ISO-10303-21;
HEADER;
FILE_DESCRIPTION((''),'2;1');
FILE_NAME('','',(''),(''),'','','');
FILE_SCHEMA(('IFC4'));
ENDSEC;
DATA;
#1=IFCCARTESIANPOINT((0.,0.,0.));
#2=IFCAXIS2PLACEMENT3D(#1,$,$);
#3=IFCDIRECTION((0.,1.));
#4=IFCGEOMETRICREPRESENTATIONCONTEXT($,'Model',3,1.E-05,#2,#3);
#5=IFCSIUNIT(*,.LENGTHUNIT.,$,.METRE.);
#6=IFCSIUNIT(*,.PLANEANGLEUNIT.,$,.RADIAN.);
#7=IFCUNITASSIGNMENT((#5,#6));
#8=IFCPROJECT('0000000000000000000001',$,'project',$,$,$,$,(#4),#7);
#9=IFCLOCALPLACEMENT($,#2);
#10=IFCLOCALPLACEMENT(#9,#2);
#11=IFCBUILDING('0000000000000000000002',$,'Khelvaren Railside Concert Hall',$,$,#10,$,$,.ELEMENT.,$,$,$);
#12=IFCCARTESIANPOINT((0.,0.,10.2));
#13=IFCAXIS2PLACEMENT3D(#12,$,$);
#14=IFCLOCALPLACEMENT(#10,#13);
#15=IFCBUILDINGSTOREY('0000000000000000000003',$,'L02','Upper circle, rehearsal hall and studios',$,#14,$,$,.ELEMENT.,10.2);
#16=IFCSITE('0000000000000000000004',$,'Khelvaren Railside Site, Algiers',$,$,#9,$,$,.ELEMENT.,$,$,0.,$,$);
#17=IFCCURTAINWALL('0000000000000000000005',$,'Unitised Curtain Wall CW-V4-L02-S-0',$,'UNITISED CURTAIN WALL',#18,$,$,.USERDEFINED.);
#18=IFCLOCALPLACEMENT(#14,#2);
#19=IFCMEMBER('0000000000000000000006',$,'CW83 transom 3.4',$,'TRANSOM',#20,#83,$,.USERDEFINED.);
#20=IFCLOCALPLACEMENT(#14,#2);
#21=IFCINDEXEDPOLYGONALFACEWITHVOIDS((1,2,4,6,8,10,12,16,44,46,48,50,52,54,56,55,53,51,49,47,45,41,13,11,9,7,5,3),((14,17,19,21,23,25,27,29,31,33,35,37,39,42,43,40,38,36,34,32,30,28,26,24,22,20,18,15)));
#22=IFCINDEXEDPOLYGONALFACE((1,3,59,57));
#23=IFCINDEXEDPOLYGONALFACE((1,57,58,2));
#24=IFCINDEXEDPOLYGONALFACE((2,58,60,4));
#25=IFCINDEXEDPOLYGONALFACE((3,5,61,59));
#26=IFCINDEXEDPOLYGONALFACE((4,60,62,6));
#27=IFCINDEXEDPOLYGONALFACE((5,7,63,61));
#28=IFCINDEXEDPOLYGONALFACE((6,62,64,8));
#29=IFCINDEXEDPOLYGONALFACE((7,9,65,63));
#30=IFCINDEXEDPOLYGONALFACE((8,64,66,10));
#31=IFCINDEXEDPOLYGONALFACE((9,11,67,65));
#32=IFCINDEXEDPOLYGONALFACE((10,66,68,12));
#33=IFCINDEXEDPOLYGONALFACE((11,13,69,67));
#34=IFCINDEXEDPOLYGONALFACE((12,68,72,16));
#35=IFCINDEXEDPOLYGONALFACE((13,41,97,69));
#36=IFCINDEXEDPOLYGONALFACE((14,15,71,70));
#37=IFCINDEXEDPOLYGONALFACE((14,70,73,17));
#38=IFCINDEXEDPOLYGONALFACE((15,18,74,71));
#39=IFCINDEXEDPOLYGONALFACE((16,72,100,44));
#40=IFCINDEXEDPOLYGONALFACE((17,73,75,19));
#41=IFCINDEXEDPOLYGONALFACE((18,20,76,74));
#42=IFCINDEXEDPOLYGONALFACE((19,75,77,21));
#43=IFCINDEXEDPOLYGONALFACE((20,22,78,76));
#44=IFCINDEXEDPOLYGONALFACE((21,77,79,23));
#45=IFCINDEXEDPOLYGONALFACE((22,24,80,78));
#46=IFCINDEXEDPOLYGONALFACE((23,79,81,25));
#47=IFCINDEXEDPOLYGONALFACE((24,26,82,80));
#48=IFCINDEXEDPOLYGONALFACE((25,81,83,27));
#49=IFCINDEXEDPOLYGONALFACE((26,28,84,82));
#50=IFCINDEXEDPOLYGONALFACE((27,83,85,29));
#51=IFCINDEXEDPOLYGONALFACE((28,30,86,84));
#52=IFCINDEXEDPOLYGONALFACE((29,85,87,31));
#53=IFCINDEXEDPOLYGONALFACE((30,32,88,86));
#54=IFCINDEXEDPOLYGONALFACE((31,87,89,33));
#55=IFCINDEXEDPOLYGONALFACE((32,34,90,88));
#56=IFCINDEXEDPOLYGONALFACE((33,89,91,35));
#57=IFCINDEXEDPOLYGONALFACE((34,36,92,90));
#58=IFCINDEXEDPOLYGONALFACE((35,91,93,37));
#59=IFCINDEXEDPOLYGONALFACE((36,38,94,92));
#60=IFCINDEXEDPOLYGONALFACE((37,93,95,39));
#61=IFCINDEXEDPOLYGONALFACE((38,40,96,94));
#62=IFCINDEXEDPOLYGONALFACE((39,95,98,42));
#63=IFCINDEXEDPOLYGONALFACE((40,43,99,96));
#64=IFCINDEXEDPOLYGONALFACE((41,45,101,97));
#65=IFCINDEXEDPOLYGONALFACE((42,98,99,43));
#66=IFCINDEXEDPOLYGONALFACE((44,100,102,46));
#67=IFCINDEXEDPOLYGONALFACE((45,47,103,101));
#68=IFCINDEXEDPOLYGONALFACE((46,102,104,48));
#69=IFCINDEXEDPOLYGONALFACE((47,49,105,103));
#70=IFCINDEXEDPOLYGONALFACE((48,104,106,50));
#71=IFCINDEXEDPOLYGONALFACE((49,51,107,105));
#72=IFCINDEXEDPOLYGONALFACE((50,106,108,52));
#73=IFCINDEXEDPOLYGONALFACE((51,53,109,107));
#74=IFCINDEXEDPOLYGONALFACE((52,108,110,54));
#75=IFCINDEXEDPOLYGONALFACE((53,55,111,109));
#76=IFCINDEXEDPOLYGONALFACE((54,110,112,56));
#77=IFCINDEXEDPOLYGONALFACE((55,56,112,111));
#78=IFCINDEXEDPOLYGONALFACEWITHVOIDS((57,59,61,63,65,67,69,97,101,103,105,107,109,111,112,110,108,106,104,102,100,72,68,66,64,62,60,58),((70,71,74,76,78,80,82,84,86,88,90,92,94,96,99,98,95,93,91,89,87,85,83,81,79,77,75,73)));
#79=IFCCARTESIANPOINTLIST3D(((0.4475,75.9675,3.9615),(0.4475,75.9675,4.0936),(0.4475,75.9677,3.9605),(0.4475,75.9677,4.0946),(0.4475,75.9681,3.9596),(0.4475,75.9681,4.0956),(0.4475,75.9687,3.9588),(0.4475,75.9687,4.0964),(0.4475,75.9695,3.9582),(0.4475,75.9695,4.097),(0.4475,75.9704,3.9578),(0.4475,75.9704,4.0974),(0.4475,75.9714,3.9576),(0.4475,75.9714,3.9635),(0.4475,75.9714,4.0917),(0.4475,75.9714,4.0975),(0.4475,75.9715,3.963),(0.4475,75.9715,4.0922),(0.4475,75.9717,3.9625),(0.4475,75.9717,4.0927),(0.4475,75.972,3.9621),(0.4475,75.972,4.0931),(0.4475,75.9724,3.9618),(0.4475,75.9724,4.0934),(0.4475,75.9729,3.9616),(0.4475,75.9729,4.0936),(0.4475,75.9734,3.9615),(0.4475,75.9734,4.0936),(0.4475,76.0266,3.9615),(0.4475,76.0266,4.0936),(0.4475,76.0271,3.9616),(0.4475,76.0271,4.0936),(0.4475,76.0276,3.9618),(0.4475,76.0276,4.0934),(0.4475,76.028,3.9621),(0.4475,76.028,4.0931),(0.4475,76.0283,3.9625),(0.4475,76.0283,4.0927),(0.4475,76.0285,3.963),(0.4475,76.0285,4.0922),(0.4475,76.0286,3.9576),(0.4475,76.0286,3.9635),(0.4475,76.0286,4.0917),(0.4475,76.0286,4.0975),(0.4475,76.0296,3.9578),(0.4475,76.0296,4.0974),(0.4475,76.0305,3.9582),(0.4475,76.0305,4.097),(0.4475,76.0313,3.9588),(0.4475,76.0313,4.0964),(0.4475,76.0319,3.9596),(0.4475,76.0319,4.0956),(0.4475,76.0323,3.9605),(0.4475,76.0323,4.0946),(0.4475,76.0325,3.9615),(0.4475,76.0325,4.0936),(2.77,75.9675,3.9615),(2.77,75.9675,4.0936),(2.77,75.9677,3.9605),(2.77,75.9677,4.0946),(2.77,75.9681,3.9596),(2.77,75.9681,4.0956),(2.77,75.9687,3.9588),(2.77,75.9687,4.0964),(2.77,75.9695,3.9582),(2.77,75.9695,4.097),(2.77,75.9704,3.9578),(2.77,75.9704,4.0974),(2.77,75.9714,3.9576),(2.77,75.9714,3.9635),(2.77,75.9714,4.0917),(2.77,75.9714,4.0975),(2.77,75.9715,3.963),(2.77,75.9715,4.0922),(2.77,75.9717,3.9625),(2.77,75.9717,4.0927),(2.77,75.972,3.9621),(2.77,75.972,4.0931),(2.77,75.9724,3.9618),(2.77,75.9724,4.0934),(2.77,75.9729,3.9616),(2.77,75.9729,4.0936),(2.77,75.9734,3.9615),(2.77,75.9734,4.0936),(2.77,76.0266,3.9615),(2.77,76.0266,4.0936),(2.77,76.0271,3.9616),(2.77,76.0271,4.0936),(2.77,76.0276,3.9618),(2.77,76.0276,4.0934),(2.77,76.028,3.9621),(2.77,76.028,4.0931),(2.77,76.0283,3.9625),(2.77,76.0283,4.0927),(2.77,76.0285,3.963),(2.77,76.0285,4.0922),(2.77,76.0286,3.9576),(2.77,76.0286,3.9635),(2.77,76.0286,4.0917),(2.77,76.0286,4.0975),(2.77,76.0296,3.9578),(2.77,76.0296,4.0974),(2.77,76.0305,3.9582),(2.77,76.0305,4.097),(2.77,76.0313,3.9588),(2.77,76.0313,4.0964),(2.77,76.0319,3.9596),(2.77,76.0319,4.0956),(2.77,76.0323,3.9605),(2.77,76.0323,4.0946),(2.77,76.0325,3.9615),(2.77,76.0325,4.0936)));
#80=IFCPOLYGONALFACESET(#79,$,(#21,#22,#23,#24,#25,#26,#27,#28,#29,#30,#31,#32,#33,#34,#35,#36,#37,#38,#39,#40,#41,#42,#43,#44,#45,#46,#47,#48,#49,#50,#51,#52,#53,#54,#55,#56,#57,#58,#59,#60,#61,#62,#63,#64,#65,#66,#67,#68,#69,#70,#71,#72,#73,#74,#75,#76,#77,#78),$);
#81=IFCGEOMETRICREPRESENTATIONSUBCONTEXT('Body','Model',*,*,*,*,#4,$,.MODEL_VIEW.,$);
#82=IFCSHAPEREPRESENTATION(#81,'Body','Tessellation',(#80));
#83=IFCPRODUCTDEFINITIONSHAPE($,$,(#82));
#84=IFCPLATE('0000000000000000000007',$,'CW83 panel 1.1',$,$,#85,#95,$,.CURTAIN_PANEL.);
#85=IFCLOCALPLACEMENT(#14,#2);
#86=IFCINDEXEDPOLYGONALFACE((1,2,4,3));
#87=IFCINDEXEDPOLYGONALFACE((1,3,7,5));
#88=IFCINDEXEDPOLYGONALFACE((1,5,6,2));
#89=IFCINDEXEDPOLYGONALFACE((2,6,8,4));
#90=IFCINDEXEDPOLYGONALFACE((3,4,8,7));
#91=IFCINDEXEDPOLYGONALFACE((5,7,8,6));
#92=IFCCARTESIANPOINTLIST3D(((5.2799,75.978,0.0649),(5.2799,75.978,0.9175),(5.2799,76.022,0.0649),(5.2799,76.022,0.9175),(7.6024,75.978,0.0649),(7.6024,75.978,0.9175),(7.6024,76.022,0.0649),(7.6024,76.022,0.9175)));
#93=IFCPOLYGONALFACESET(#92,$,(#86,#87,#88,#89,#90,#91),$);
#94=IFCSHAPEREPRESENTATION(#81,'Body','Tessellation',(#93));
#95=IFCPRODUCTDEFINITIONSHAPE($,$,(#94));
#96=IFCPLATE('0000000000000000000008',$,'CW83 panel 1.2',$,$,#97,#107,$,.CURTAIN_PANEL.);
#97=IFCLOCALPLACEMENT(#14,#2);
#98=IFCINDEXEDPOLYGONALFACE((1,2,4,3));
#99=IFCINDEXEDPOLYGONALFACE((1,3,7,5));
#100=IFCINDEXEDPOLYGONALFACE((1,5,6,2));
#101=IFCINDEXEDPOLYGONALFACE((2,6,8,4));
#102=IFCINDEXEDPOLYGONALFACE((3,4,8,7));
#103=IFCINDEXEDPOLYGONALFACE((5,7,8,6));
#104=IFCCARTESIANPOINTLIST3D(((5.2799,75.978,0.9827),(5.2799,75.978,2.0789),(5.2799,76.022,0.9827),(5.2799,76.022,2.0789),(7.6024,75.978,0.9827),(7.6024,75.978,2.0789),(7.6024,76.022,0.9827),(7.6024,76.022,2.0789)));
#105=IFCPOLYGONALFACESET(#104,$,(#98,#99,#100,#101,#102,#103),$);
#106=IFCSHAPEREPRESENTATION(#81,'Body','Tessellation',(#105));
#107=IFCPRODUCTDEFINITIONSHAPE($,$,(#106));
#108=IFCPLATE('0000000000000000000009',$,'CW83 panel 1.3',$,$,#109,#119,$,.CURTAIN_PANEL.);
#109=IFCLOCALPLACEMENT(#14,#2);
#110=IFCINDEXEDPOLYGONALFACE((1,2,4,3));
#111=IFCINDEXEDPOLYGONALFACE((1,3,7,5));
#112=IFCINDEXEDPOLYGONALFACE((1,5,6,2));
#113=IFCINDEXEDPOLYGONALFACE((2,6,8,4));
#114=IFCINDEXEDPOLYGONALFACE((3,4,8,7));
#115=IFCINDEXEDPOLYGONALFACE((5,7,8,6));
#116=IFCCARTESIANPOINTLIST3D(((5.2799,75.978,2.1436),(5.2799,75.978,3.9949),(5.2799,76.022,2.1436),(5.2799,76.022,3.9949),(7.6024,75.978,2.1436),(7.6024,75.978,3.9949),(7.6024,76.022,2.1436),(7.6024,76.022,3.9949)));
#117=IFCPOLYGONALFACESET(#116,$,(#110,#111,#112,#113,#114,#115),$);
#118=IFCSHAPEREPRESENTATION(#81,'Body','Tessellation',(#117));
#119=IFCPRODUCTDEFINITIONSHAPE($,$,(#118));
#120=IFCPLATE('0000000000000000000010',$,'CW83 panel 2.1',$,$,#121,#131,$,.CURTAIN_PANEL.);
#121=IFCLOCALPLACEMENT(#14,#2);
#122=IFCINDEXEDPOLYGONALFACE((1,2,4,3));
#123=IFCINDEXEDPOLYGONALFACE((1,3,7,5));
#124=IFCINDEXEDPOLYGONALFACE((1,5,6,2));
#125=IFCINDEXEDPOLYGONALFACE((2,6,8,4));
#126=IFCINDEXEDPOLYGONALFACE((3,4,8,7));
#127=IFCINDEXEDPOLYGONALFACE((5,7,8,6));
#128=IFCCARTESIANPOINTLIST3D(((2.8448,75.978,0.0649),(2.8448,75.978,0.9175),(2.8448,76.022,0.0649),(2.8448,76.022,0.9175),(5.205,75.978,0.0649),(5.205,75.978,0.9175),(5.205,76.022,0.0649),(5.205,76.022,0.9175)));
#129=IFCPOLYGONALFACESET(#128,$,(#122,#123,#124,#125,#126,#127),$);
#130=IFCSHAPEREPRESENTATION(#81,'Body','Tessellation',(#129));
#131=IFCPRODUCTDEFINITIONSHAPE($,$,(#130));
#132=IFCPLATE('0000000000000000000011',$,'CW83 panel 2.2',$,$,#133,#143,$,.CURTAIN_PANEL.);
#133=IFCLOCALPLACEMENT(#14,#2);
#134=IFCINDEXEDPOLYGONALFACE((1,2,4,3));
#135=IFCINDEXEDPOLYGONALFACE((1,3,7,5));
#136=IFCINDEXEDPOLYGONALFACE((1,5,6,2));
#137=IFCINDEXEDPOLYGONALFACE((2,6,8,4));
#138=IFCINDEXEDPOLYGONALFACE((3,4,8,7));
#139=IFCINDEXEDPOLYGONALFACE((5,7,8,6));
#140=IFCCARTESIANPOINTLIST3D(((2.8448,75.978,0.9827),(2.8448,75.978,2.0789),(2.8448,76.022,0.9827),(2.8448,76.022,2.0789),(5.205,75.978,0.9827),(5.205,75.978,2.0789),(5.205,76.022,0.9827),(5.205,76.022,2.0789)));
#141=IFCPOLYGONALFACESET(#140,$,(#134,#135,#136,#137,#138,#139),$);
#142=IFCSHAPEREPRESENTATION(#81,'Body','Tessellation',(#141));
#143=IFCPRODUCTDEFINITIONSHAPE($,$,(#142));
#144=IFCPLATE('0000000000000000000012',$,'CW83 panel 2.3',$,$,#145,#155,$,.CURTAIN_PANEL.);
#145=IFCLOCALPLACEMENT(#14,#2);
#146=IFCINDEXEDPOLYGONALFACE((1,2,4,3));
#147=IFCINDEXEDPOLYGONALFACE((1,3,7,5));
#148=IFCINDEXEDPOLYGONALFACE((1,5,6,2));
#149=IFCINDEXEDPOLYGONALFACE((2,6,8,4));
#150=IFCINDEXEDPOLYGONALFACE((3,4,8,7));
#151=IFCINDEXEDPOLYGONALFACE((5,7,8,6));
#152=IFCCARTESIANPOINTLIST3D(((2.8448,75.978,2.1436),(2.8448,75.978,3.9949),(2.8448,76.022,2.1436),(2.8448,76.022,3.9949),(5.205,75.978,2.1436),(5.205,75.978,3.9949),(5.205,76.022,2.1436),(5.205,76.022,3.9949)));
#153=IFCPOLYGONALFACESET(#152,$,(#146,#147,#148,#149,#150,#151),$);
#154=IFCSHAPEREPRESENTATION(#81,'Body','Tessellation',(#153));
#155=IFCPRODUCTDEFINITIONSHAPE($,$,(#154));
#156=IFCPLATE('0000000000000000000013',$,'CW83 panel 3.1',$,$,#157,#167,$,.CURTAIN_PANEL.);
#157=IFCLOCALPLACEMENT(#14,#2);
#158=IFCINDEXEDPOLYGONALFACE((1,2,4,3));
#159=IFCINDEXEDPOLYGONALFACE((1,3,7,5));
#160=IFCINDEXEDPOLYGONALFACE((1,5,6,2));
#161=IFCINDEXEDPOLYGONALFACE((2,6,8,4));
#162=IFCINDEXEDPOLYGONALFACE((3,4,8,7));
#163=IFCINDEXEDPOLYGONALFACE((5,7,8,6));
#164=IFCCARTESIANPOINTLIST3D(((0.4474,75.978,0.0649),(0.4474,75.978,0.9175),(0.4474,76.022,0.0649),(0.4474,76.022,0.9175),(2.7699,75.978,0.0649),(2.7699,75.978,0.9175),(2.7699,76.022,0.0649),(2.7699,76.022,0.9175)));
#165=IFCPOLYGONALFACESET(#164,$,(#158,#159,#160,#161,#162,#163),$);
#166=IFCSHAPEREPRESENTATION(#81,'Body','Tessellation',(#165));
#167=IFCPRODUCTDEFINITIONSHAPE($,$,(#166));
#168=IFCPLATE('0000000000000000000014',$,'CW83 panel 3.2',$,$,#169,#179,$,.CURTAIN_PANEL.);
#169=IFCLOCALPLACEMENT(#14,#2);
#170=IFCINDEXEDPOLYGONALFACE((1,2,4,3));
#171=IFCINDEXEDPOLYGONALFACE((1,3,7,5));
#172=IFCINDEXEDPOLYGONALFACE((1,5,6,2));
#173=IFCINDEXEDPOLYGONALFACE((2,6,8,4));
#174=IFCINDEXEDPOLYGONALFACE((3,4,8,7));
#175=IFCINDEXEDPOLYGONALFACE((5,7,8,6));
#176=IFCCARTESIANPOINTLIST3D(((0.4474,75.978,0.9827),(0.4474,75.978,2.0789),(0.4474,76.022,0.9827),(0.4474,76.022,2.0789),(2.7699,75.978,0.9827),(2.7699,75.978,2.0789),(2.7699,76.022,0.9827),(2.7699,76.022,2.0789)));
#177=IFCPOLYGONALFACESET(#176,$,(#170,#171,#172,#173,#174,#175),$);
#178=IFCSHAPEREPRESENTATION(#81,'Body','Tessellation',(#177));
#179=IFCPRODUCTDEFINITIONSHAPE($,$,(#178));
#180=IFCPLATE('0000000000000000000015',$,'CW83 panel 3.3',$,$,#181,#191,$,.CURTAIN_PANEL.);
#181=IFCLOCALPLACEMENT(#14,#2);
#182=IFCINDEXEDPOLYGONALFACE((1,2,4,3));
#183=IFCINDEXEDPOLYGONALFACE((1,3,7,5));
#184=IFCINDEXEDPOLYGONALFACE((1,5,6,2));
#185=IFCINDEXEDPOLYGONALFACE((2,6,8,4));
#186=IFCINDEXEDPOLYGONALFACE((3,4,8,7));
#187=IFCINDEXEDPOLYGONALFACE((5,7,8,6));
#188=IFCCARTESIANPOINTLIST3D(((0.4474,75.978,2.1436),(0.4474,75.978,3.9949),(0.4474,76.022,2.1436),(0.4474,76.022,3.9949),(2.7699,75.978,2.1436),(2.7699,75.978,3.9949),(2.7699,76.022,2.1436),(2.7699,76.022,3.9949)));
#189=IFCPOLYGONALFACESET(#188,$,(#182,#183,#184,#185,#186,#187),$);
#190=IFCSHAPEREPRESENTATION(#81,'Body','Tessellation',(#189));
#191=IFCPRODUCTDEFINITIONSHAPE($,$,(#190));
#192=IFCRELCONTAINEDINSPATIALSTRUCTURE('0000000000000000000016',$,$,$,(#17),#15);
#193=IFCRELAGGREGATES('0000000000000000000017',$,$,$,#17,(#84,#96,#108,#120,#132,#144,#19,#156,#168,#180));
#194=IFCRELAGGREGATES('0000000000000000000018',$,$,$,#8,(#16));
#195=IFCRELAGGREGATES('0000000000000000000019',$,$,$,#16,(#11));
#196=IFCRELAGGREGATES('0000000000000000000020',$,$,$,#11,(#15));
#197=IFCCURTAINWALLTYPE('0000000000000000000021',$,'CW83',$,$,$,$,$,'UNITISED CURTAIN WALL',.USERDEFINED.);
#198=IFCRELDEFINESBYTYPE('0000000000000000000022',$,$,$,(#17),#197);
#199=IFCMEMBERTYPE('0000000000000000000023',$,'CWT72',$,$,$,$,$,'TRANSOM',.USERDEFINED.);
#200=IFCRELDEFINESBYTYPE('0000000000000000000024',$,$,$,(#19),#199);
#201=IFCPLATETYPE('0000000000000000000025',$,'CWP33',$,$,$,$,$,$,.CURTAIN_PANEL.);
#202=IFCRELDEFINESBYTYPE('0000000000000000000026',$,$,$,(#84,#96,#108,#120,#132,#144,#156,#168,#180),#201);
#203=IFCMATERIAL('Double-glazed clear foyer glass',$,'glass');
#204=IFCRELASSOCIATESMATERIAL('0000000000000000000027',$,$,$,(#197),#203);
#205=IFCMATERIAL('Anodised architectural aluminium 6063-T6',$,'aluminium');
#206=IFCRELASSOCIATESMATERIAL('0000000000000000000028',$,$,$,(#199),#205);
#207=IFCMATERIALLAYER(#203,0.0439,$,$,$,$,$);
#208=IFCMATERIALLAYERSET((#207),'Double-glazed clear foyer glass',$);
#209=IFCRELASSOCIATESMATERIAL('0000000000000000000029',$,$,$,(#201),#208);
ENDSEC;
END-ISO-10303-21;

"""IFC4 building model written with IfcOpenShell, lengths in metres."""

from ifc_helpers import new_model, si_unit, direction, frame, origin, origin_2d, place, context, subcontext, project, spatial, rectangle, hollow_rectangle, extrude, material, layer, layer_set, material_profile, profile_set, type_object, element, aggregate, save


model = new_model("IFC4")

# Units and contexts
model_context = context("Model", 3, precision=1e-05, world=origin(), true_north=direction((0.0, 1.0)))
body_context = subcontext(model_context, "Body", "Model", "MODEL_VIEW")
ifc_project = project(units=[si_unit("LENGTHUNIT", "METRE"), si_unit("PLANEANGLEUNIT", "RADIAN")], contexts=[model_context])

# Site, building, storey
site_placement = place(None, origin())
site = spatial("IfcSite", under=ifc_project, at=site_placement, Name="Khelvaren Railside Site, Algiers", CompositionType="ELEMENT", RefElevation=0.0)
building_placement = place(site_placement, origin())
building = spatial("IfcBuilding", under=site, at=building_placement, Name="Khelvaren Railside Concert Hall", CompositionType="ELEMENT")
storey_placement = place(building_placement, frame((0.0, 0.0, 10.2)))
storey = spatial("IfcBuildingStorey", under=building, at=storey_placement, Name="L02", Description="Upper circle, rehearsal hall and studios", CompositionType="ELEMENT", Elevation=10.2)

# Curtain wall, member, plates
ifc_material_1 = material(Name="Double-glazed clear foyer glass", Category="glass")
curtain_wall_type = type_object("IfcCurtainWallType", Name="CW83", ElementType="UNITISED CURTAIN WALL", PredefinedType="USERDEFINED", material=ifc_material_1)
curtain_wall_placement = place(storey_placement, origin())
curtain_wall = element("IfcCurtainWall", 1, at=curtain_wall_placement, inside=storey, type_object=curtain_wall_type, Name="Unitised Curtain Wall CW-V4-L02-S-0", ObjectType="UNITISED CURTAIN WALL", PredefinedType="USERDEFINED")
ifc_material_2 = material(Name="Anodised architectural aluminium 6063-T6", Category="aluminium")
ifc_material_profile_1 = material_profile(ifc_material_2, hollow_rectangle(XDim=0.0649, YDim=0.1399, WallThickness=0.0039, InnerFilletRadius=0.002, OuterFilletRadius=0.0039, at=origin_2d()), Name="CWT 65x140x4")
ifc_profile_set_1 = profile_set([ifc_material_profile_1], Name="Anodised architectural aluminium 6063-T6")
member_type_1 = type_object("IfcMemberType", Name="CWT72", ElementType="TRANSOM", PredefinedType="USERDEFINED", material=ifc_profile_set_1)
member_1_placement = place(storey_placement, frame((2.77, 76.0, 4.0276), z_axis=(-1.0, 0.0, 0.0), x_axis=(0.0, -1.0, 0.0)))
member_1 = element("IfcMember", 2, at=member_1_placement, type_object=member_type_1, Name="CW83 transom 3.4", ObjectType="TRANSOM", PredefinedType="USERDEFINED", context=body_context, shape_type="SweptSolid", body=[
    extrude(hollow_rectangle(XDim=0.0649, YDim=0.1399, WallThickness=0.0039, InnerFilletRadius=0.002, OuterFilletRadius=0.0039, at=origin_2d()), origin(), (0.0, 0.0, 1.0), 2.3225),
])
ifc_layer = layer(ifc_material_1, 0.0439)
ifc_layer_set = layer_set([ifc_layer], Name="Double-glazed clear foyer glass")
plate_type = type_object("IfcPlateType", Name="CWP33", PredefinedType="CURTAIN_PANEL", material=ifc_layer_set)
plate_1_placement = place(storey_placement, frame((6.4412, 76.0, 0.0649), z_axis=(0.0, 0.0, 1.0), x_axis=(-1.0, 0.0, 0.0)))
plate_1 = element("IfcPlate", 3, at=plate_1_placement, type_object=plate_type, Name="CW83 panel 1.1", PredefinedType="CURTAIN_PANEL", context=body_context, shape_type="SweptSolid", body=[
    extrude(rectangle(XDim=2.3225, YDim=0.0439, at=origin_2d()), origin(), (0.0, 0.0, 1.0), 0.8525),
])
plate_2_placement = place(storey_placement, frame((6.4412, 76.0, 0.9827), z_axis=(0.0, 0.0, 1.0), x_axis=(-1.0, 0.0, 0.0)))
plate_2 = element("IfcPlate", 4, at=plate_2_placement, type_object=plate_type, Name="CW83 panel 1.2", PredefinedType="CURTAIN_PANEL", context=body_context, shape_type="SweptSolid", body=[
    extrude(rectangle(XDim=2.3225, YDim=0.0439, at=origin_2d()), origin(), (0.0, 0.0, 1.0), 1.0962),
])
plate_3_placement = place(storey_placement, frame((6.4412, 76.0, 2.1436), z_axis=(0.0, 0.0, 1.0), x_axis=(-1.0, 0.0, 0.0)))
plate_3 = element("IfcPlate", 5, at=plate_3_placement, type_object=plate_type, Name="CW83 panel 1.3", PredefinedType="CURTAIN_PANEL", context=body_context, shape_type="SweptSolid", body=[
    extrude(rectangle(XDim=2.3225, YDim=0.0439, at=origin_2d()), origin(), (0.0, 0.0, 1.0), 1.8513),
])
plate_4_placement = place(storey_placement, frame((4.0249, 76.0, 0.0649), z_axis=(0.0, 0.0, 1.0), x_axis=(-1.0, 0.0, 0.0)))
plate_4 = element("IfcPlate", 6, at=plate_4_placement, type_object=plate_type, Name="CW83 panel 2.1", PredefinedType="CURTAIN_PANEL", context=body_context, shape_type="SweptSolid", body=[
    extrude(rectangle(XDim=2.3601, YDim=0.0439, at=origin_2d()), origin(), (0.0, 0.0, 1.0), 0.8525),
])
plate_5_placement = place(storey_placement, frame((4.0249, 76.0, 0.9827), z_axis=(0.0, 0.0, 1.0), x_axis=(-1.0, 0.0, 0.0)))
plate_5 = element("IfcPlate", 7, at=plate_5_placement, type_object=plate_type, Name="CW83 panel 2.2", PredefinedType="CURTAIN_PANEL", context=body_context, shape_type="SweptSolid", body=[
    extrude(rectangle(XDim=2.3601, YDim=0.0439, at=origin_2d()), origin(), (0.0, 0.0, 1.0), 1.0962),
])
plate_6_placement = place(storey_placement, frame((4.0249, 76.0, 2.1436), z_axis=(0.0, 0.0, 1.0), x_axis=(-1.0, 0.0, 0.0)))
plate_6 = element("IfcPlate", 8, at=plate_6_placement, type_object=plate_type, Name="CW83 panel 2.3", PredefinedType="CURTAIN_PANEL", context=body_context, shape_type="SweptSolid", body=[
    extrude(rectangle(XDim=2.3601, YDim=0.0439, at=origin_2d()), origin(), (0.0, 0.0, 1.0), 1.8513),
])
plate_7_placement = place(storey_placement, frame((1.6086, 76.0, 0.0649), z_axis=(0.0, 0.0, 1.0), x_axis=(-1.0, 0.0, 0.0)))
plate_7 = element("IfcPlate", 9, at=plate_7_placement, type_object=plate_type, Name="CW83 panel 3.1", PredefinedType="CURTAIN_PANEL", context=body_context, shape_type="SweptSolid", body=[
    extrude(rectangle(XDim=2.3225, YDim=0.0439, at=origin_2d()), origin(), (0.0, 0.0, 1.0), 0.8525),
])
plate_8_placement = place(storey_placement, frame((1.6086, 76.0, 0.9827), z_axis=(0.0, 0.0, 1.0), x_axis=(-1.0, 0.0, 0.0)))
plate_8 = element("IfcPlate", 10, at=plate_8_placement, type_object=plate_type, Name="CW83 panel 3.2", PredefinedType="CURTAIN_PANEL", context=body_context, shape_type="SweptSolid", body=[
    extrude(rectangle(XDim=2.3225, YDim=0.0439, at=origin_2d()), origin(), (0.0, 0.0, 1.0), 1.0962),
])
plate_9_placement = place(storey_placement, frame((1.6086, 76.0, 2.1436), z_axis=(0.0, 0.0, 1.0), x_axis=(-1.0, 0.0, 0.0)))
plate_9 = element("IfcPlate", 11, at=plate_9_placement, type_object=plate_type, Name="CW83 panel 3.3", PredefinedType="CURTAIN_PANEL", context=body_context, shape_type="SweptSolid", body=[
    extrude(rectangle(XDim=2.3225, YDim=0.0439, at=origin_2d()), origin(), (0.0, 0.0, 1.0), 1.8513),
])
aggregate(curtain_wall, [plate_1, plate_2, plate_3, plate_4, plate_5, plate_6, member_1, plate_7, plate_8, plate_9])

save(model, "model.ifc")
